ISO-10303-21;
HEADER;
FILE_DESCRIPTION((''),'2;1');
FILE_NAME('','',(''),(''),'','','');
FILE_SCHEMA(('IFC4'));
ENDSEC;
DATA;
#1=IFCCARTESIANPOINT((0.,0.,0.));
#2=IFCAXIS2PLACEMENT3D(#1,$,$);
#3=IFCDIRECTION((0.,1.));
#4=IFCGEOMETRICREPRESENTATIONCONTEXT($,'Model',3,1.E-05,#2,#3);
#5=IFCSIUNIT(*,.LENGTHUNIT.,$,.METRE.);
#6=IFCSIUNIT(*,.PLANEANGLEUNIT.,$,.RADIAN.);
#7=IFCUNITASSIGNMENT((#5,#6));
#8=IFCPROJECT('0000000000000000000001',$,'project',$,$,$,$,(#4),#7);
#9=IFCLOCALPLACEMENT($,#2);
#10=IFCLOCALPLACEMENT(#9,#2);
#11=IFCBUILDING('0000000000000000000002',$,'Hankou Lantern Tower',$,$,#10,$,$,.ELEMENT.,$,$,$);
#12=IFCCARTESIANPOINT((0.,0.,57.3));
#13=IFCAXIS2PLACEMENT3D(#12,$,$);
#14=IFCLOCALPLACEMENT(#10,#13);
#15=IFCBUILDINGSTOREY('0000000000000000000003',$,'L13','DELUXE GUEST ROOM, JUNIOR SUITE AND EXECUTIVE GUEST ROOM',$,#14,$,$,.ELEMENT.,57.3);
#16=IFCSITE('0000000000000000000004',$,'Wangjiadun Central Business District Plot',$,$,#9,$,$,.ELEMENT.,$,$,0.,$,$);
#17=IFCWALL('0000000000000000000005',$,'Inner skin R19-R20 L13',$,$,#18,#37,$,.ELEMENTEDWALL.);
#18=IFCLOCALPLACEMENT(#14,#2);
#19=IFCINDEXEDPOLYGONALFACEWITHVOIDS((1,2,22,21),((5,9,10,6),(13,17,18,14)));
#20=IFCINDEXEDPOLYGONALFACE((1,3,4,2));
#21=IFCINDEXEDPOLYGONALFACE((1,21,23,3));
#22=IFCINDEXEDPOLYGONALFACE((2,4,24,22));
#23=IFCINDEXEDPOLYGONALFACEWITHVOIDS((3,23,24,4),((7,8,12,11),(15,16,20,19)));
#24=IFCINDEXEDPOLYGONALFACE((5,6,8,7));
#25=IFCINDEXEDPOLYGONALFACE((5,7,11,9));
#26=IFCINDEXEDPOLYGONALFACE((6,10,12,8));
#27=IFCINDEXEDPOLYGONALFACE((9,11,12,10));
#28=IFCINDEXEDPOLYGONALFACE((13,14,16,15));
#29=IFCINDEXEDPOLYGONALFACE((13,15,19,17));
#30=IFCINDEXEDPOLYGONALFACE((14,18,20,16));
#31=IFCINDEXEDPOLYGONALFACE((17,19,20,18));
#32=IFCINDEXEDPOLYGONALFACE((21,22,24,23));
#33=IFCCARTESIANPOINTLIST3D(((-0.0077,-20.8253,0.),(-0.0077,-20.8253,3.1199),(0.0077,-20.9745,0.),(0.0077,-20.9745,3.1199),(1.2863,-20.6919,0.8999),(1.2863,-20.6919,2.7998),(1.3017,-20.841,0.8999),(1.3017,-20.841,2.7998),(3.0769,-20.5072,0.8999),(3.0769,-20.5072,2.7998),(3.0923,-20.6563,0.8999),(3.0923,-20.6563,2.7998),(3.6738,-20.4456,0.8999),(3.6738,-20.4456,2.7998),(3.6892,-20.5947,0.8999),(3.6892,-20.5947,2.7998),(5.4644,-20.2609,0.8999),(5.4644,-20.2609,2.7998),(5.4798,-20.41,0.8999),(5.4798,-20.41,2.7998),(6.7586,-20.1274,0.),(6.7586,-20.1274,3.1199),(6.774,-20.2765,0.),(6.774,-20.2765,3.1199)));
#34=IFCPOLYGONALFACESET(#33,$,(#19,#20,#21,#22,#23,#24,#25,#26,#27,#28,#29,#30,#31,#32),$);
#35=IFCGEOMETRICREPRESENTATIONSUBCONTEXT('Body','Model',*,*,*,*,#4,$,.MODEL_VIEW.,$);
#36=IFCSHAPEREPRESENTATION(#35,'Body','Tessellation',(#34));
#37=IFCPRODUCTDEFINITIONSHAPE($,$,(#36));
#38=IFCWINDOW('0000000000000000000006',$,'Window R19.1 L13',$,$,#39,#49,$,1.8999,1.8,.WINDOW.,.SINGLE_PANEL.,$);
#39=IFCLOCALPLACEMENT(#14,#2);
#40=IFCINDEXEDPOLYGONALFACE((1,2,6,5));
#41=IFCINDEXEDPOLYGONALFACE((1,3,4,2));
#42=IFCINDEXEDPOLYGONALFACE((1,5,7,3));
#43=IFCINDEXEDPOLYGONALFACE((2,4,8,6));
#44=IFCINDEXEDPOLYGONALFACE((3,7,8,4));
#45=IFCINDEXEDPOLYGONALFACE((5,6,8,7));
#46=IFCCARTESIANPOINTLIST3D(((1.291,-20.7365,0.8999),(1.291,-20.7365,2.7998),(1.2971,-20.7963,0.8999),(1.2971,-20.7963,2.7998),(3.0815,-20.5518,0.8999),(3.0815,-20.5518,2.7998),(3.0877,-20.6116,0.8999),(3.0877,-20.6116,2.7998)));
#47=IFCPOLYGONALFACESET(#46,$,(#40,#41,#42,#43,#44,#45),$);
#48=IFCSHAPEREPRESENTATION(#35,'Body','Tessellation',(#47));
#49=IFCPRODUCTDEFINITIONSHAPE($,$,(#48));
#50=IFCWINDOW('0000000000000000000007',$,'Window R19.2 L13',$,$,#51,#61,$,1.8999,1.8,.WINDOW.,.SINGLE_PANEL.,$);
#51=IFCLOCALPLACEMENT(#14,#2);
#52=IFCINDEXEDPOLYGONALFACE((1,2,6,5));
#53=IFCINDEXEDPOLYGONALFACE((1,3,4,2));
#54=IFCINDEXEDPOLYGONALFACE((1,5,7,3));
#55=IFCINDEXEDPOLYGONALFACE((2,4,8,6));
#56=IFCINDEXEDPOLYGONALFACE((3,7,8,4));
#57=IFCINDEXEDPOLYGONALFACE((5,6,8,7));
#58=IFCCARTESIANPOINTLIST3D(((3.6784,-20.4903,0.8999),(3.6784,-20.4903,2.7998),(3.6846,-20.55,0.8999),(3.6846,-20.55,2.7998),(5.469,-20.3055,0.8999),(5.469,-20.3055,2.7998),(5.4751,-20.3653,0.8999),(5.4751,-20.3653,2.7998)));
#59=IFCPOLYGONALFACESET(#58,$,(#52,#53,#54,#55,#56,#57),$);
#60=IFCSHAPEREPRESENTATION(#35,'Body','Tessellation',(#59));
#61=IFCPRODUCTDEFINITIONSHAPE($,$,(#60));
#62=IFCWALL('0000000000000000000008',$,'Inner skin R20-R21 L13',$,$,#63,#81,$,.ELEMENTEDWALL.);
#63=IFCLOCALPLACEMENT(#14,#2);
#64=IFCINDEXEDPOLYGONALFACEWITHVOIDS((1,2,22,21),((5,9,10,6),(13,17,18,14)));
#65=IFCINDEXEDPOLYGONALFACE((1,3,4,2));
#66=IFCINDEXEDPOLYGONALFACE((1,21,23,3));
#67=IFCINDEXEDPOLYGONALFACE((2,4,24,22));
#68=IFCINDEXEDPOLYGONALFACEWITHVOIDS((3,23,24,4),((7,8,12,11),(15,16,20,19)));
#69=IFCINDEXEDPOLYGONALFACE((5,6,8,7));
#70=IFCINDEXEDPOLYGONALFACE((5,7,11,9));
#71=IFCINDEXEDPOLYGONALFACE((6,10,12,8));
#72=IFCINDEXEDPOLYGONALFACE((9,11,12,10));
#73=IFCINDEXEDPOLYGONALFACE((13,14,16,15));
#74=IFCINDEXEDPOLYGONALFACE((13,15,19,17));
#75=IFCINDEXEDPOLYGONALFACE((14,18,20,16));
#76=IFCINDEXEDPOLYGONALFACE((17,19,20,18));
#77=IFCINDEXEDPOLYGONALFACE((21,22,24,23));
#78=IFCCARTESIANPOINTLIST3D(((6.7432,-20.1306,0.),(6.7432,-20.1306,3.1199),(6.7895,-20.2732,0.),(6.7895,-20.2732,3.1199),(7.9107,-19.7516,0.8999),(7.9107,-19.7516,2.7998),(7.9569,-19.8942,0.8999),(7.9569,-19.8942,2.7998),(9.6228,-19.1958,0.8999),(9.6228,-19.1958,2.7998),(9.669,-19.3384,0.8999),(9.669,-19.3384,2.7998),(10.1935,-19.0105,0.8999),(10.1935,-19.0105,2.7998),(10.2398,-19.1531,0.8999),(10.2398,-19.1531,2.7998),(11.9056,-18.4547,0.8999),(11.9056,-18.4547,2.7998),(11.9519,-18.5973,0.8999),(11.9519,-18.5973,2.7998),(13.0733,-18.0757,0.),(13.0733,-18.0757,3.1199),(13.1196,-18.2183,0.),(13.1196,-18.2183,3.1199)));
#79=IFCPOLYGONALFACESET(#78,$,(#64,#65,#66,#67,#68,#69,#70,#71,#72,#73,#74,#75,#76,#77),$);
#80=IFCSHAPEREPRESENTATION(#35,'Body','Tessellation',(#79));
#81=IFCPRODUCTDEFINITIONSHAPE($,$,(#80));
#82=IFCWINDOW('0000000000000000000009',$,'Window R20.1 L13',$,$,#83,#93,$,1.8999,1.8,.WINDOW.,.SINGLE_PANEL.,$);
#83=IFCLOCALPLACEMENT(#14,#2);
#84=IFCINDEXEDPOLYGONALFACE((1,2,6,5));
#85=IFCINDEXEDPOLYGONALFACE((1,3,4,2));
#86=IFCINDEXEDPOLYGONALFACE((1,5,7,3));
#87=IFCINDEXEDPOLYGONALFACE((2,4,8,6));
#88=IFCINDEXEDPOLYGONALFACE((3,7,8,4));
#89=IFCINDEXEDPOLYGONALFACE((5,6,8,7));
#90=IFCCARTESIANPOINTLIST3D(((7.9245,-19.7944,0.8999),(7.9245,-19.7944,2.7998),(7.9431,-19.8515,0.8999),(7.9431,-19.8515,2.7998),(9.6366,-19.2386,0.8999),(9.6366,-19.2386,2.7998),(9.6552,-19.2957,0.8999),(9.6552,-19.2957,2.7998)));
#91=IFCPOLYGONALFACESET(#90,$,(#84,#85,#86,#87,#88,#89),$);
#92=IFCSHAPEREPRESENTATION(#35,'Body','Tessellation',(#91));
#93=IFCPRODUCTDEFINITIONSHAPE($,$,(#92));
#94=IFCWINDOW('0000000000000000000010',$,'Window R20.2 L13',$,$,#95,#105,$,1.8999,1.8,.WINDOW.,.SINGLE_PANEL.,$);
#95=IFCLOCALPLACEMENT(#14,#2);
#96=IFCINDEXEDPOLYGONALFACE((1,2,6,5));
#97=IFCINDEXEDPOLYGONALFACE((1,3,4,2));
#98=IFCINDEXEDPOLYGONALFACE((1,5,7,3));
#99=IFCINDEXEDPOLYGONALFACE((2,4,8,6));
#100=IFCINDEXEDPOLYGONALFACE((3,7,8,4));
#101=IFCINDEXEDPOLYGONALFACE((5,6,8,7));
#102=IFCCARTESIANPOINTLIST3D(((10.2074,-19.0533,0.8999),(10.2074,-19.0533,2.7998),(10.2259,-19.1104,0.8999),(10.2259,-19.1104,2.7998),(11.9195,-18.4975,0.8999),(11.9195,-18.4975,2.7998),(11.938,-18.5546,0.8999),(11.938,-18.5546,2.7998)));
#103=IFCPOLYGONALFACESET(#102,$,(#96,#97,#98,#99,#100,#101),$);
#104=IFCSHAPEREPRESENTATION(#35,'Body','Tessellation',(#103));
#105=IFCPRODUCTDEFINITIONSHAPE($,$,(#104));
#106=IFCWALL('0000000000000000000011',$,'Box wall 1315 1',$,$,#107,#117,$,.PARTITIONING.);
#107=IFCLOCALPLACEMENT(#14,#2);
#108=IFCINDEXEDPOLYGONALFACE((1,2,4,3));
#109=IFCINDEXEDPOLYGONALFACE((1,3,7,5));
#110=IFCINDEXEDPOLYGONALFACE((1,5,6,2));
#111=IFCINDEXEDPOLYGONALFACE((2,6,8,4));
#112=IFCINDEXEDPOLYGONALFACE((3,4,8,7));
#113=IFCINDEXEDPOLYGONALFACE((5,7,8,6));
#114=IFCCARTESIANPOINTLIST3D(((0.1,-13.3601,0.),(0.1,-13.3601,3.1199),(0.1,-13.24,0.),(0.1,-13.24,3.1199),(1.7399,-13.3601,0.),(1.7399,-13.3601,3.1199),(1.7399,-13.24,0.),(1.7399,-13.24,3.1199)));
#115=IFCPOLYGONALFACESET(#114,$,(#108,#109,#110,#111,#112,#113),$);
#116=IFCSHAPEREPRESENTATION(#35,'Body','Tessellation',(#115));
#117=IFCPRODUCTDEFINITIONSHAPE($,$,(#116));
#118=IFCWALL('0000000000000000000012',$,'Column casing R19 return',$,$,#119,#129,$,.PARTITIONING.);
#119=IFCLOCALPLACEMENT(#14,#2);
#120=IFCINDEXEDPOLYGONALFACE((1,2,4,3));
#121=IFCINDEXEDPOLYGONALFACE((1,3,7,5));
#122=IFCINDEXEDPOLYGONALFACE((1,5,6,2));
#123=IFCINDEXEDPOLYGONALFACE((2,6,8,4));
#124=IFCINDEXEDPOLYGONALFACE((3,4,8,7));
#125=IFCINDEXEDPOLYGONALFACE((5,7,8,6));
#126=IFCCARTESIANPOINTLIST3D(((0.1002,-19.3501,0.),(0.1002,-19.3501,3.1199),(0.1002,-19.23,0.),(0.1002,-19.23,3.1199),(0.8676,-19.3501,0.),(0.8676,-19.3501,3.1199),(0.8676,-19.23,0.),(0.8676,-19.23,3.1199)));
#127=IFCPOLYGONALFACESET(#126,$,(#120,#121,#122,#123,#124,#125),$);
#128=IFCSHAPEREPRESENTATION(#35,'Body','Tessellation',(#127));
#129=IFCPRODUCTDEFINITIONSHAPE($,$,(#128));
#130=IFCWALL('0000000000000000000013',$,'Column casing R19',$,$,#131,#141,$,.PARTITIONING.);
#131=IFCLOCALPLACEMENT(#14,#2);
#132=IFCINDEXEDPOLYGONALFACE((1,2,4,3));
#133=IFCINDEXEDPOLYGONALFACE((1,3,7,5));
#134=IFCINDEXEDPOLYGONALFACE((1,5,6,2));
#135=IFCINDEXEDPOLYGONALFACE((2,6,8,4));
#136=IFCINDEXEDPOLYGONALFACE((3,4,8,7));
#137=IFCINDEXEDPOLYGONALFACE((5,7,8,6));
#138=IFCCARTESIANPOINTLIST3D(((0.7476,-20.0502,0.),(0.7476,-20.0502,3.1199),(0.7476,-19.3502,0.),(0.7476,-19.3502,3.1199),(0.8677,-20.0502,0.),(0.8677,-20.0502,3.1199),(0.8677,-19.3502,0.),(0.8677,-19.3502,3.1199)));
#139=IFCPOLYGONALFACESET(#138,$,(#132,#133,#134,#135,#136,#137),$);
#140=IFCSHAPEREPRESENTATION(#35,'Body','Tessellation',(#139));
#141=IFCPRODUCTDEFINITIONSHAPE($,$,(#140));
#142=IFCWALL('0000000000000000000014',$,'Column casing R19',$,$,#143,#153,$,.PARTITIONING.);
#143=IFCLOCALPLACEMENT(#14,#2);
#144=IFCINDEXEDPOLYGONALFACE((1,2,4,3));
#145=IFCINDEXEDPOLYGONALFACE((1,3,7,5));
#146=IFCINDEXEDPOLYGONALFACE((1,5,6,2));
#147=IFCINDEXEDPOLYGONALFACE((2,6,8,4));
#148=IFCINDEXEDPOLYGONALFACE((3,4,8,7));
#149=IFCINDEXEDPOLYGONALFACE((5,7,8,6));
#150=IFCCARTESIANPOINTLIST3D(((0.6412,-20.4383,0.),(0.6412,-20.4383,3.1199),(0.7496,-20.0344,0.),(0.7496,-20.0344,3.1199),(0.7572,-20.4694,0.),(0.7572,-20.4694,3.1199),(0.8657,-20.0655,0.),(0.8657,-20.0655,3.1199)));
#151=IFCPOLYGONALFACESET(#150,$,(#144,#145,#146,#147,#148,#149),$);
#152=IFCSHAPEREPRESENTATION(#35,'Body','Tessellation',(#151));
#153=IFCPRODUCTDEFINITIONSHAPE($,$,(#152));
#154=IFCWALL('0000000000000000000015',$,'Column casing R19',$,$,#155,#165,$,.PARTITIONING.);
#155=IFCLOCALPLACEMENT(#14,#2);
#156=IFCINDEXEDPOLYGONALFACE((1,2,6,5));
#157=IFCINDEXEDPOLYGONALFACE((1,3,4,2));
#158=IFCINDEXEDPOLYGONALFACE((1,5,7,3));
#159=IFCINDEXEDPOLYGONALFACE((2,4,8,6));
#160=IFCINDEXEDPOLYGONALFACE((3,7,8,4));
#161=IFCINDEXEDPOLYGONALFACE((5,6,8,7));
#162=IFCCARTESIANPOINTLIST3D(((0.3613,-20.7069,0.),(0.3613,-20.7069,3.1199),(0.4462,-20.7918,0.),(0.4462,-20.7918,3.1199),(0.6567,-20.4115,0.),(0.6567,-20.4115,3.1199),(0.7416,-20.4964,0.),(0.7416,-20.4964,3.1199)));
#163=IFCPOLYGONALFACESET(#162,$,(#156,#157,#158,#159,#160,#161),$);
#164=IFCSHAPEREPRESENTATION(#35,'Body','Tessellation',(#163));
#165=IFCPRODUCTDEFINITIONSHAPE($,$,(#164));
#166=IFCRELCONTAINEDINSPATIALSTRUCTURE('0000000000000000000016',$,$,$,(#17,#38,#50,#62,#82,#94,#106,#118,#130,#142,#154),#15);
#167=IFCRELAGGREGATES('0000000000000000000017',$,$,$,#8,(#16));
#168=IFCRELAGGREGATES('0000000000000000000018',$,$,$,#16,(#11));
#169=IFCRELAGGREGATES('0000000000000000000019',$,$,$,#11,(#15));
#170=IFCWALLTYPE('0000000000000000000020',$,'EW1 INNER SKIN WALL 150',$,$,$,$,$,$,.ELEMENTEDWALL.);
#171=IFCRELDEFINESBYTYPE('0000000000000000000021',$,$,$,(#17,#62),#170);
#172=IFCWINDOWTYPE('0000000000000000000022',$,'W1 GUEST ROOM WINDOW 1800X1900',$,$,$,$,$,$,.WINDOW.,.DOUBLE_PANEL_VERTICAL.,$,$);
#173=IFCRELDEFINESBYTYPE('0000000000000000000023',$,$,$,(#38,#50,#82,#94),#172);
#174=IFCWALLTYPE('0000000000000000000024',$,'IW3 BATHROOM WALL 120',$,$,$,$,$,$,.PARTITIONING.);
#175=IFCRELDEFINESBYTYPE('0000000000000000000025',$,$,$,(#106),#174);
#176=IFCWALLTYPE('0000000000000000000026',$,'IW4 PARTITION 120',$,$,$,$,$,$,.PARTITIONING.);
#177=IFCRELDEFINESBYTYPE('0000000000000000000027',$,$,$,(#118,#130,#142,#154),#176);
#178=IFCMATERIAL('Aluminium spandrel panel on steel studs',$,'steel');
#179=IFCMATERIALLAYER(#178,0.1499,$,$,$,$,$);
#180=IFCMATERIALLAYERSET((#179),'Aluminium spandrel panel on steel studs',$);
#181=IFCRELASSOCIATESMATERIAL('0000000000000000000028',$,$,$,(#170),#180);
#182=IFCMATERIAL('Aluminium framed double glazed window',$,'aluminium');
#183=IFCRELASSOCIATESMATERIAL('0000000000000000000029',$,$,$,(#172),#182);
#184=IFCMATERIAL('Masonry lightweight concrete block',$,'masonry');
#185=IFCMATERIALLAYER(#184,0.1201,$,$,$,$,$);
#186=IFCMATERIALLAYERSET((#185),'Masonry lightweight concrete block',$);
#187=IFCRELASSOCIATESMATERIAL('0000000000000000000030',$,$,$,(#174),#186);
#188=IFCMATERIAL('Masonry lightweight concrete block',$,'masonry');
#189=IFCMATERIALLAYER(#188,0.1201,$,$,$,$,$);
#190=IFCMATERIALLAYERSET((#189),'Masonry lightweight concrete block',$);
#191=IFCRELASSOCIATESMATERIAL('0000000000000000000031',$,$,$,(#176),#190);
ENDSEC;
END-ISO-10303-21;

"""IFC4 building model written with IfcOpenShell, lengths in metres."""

from ifc_helpers import new_model, si_unit, direction, frame, frame_2d, origin, place, context, subcontext, project, spatial, rectangle, extrude, material, layer, layer_set, type_object, element, fill, save


model = new_model("IFC4")

# Units and contexts
model_context = context("Model", 3, precision=1e-05, world=origin(), true_north=direction((0.0, 1.0)))
body_context = subcontext(model_context, "Body", "Model", "MODEL_VIEW")
ifc_project = project(units=[si_unit("LENGTHUNIT", "METRE"), si_unit("PLANEANGLEUNIT", "RADIAN")], contexts=[model_context])

# Site, building, storey
site_placement = place(None, origin())
site = spatial("IfcSite", under=ifc_project, at=site_placement, Name="Wangjiadun Central Business District Plot", CompositionType="ELEMENT", RefElevation=0.0)
building_placement = place(site_placement, origin())
building = spatial("IfcBuilding", under=site, at=building_placement, Name="Hankou Lantern Tower", CompositionType="ELEMENT")
storey_placement = place(building_placement, frame((0.0, 0.0, 57.3)))
storey = spatial("IfcBuildingStorey", under=building, at=storey_placement, Name="L13", Description="DELUXE GUEST ROOM, JUNIOR SUITE AND EXECUTIVE GUEST ROOM", CompositionType="ELEMENT", Elevation=57.3)

# Walls, openings, windows
ifc_material_1 = material(Name="Aluminium spandrel panel on steel studs", Category="steel")
ifc_layer_1 = layer(ifc_material_1, 0.1499)
ifc_layer_set_1 = layer_set([ifc_layer_1], Name="Aluminium spandrel panel on steel studs")
wall_type_1 = type_object("IfcWallType", Name="EW1 INNER SKIN WALL 150", PredefinedType="ELEMENTEDWALL", material=ifc_layer_set_1)
wall_1_placement = place(storey_placement, frame((0.0, -20.8999, 0.0), z_axis=(0.0, 0.0, 1.0), x_axis=(0.994721, 0.102613, 0.0)))
wall_1 = element("IfcWall", 1, at=wall_1_placement, inside=storey, type_object=wall_type_1, Name="Inner skin R19-R20 L13", PredefinedType="ELEMENTEDWALL", context=body_context, shape_type="SweptSolid", body=[
    extrude(rectangle(XDim=6.8022, YDim=0.1499, at=frame_2d((3.4011, 0.0))), origin(), (0.0, 0.0, 1.0), 3.1199),
])
opening_1_placement = place(wall_1_placement, frame((1.301, 0.0, 0.8999)))
opening_1 = element("IfcOpeningElement", 2, at=opening_1_placement, cuts=wall_1, PredefinedType="OPENING", context=body_context, shape_type="SweptSolid", body=[
    extrude(rectangle(XDim=1.8, YDim=1.8999, at=frame_2d((0.8999, 0.95))), frame((0.0, 0.085, 0.0), z_axis=(0.0, -1.0, 0.0), x_axis=(1.0, 0.0, 0.0)), (0.0, 0.0, 1.0), 0.1699),
])
opening_2_placement = place(wall_1_placement, frame((3.7012, 0.0, 0.8999)))
opening_2 = element("IfcOpeningElement", 3, at=opening_2_placement, cuts=wall_1, PredefinedType="OPENING", context=body_context, shape_type="SweptSolid", body=[
    extrude(rectangle(XDim=1.8, YDim=1.8999, at=frame_2d((0.8999, 0.95))), frame((0.0, 0.085, 0.0), z_axis=(0.0, -1.0, 0.0), x_axis=(1.0, 0.0, 0.0)), (0.0, 0.0, 1.0), 0.1699),
])
ifc_material_2 = material(Name="Aluminium framed double glazed window", Category="aluminium")
window_type = type_object("IfcWindowType", Name="W1 GUEST ROOM WINDOW 1800X1900", PartitioningType="DOUBLE_PANEL_VERTICAL", PredefinedType="WINDOW", material=ifc_material_2)
window_1_placement = place(opening_1_placement, origin())
window_1 = element("IfcWindow", 4, at=window_1_placement, inside=storey, type_object=window_type, Name="Window R19.1 L13", OverallHeight=1.8999, OverallWidth=1.8, PartitioningType="SINGLE_PANEL", PredefinedType="WINDOW", context=body_context, shape_type="SweptSolid", body=[
    extrude(rectangle(XDim=1.8, YDim=1.8999, at=frame_2d((0.8999, 0.95))), frame((0.0, 0.03, 0.0), z_axis=(0.0, -1.0, 0.0), x_axis=(1.0, 0.0, 0.0)), (0.0, 0.0, 1.0), 0.0601),
])
fill(opening_1, window_1)
window_2_placement = place(opening_2_placement, origin())
window_2 = element("IfcWindow", 5, at=window_2_placement, inside=storey, type_object=window_type, Name="Window R19.2 L13", OverallHeight=1.8999, OverallWidth=1.8, PartitioningType="SINGLE_PANEL", PredefinedType="WINDOW", context=body_context, shape_type="SweptSolid", body=[
    extrude(rectangle(XDim=1.8, YDim=1.8999, at=frame_2d((0.8999, 0.95))), frame((0.0, 0.03, 0.0), z_axis=(0.0, -1.0, 0.0), x_axis=(1.0, 0.0, 0.0)), (0.0, 0.0, 1.0), 0.0601),
])
fill(opening_2, window_2)
wall_2_placement = place(storey_placement, frame((6.7664, -20.2019, 0.0), z_axis=(0.0, 0.0, 1.0), x_axis=(0.951138, 0.308768, 0.0)))
wall_2 = element("IfcWall", 6, at=wall_2_placement, inside=storey, type_object=wall_type_1, Name="Inner skin R20-R21 L13", PredefinedType="ELEMENTEDWALL", context=body_context, shape_type="SweptSolid", body=[
    extrude(rectangle(XDim=6.6553, YDim=0.1499, at=frame_2d((3.3276, 0.0))), origin(), (0.0, 0.0, 1.0), 3.1199),
])
opening_3_placement = place(wall_2_placement, frame((1.2275, 0.0, 0.8999)))
opening_3 = element("IfcOpeningElement", 7, at=opening_3_placement, cuts=wall_2, PredefinedType="OPENING", context=body_context, shape_type="SweptSolid", body=[
    extrude(rectangle(XDim=1.8, YDim=1.8999, at=frame_2d((0.8999, 0.95))), frame((0.0, 0.085, 0.0), z_axis=(0.0, -1.0, 0.0), x_axis=(1.0, 0.0, 0.0)), (0.0, 0.0, 1.0), 0.1699),
])
opening_4_placement = place(wall_2_placement, frame((3.6277, 0.0, 0.8999)))
opening_4 = element("IfcOpeningElement", 8, at=opening_4_placement, cuts=wall_2, PredefinedType="OPENING", context=body_context, shape_type="SweptSolid", body=[
    extrude(rectangle(XDim=1.8, YDim=1.8999, at=frame_2d((0.8999, 0.95))), frame((0.0, 0.085, 0.0), z_axis=(0.0, -1.0, 0.0), x_axis=(1.0, 0.0, 0.0)), (0.0, 0.0, 1.0), 0.1699),
])
window_3_placement = place(opening_3_placement, origin())
window_3 = element("IfcWindow", 9, at=window_3_placement, inside=storey, type_object=window_type, Name="Window R20.1 L13", OverallHeight=1.8999, OverallWidth=1.8, PartitioningType="SINGLE_PANEL", PredefinedType="WINDOW", context=body_context, shape_type="SweptSolid", body=[
    extrude(rectangle(XDim=1.8, YDim=1.8999, at=frame_2d((0.8999, 0.95))), frame((0.0, 0.03, 0.0), z_axis=(0.0, -1.0, 0.0), x_axis=(1.0, 0.0, 0.0)), (0.0, 0.0, 1.0), 0.0601),
])
fill(opening_3, window_3)
window_4_placement = place(opening_4_placement, origin())
window_4 = element("IfcWindow", 10, at=window_4_placement, inside=storey, type_object=window_type, Name="Window R20.2 L13", OverallHeight=1.8999, OverallWidth=1.8, PartitioningType="SINGLE_PANEL", PredefinedType="WINDOW", context=body_context, shape_type="SweptSolid", body=[
    extrude(rectangle(XDim=1.8, YDim=1.8999, at=frame_2d((0.8999, 0.95))), frame((0.0, 0.03, 0.0), z_axis=(0.0, -1.0, 0.0), x_axis=(1.0, 0.0, 0.0)), (0.0, 0.0, 1.0), 0.0601),
])
fill(opening_4, window_4)

# Walls
ifc_material_3 = material(Name="Masonry lightweight concrete block", Category="masonry")
ifc_layer_2 = layer(ifc_material_3, 0.1201)
ifc_layer_set_2 = layer_set([ifc_layer_2], Name="Masonry lightweight concrete block")
wall_type_2 = type_object("IfcWallType", Name="IW3 BATHROOM WALL 120", PredefinedType="PARTITIONING", material=ifc_layer_set_2)
wall_3_placement = place(storey_placement, frame((0.1001, -13.3, 0.0), z_axis=(0.0, 0.0, 1.0), x_axis=(1.0, 0.0, 0.0)))
element("IfcWall", 11, at=wall_3_placement, inside=storey, type_object=wall_type_2, Name="Box wall 1315 1", PredefinedType="PARTITIONING", context=body_context, shape_type="SweptSolid", body=[
    extrude(rectangle(XDim=1.6399, YDim=0.1201, at=frame_2d((0.8198, 0.0))), origin(), (0.0, 0.0, 1.0), 3.1199),
])
ifc_material_4 = material(Name="Masonry lightweight concrete block", Category="masonry")
ifc_layer_3 = layer(ifc_material_4, 0.1201)
ifc_layer_set_3 = layer_set([ifc_layer_3], Name="Masonry lightweight concrete block")
wall_type_3 = type_object("IfcWallType", Name="IW4 PARTITION 120", PredefinedType="PARTITIONING", material=ifc_layer_set_3)
wall_4_placement = place(storey_placement, frame((0.1001, -19.29, 0.0), z_axis=(0.0, 0.0, 1.0), x_axis=(1.0, 0.0, 0.0)))
element("IfcWall", 12, at=wall_4_placement, inside=storey, type_object=wall_type_3, Name="Column casing R19 return", PredefinedType="PARTITIONING", context=body_context, shape_type="SweptSolid", body=[
    extrude(rectangle(XDim=0.7673, YDim=0.1201, at=frame_2d((0.3838, 0.0))), origin(), (0.0, 0.0, 1.0), 3.1199),
])
wall_5_placement = place(storey_placement, frame((0.8076, -19.3501, 0.0), z_axis=(0.0, 0.0, 1.0), x_axis=(0.0, -1.0, 0.0)))
element("IfcWall", 13, at=wall_5_placement, inside=storey, type_object=wall_type_3, Name="Column casing R19", PredefinedType="PARTITIONING", context=body_context, shape_type="SweptSolid", body=[
    extrude(rectangle(XDim=0.7, YDim=0.1201, at=frame_2d((0.3501, 0.0))), origin(), (0.0, 0.0, 1.0), 3.1199),
])
wall_6_placement = place(storey_placement, frame((0.8076, -20.05, 0.0), z_axis=(0.0, 0.0, 1.0), x_axis=(-0.259261, -0.965807, 0.0)))
element("IfcWall", 14, at=wall_6_placement, inside=storey, type_object=wall_type_3, Name="Column casing R19", PredefinedType="PARTITIONING", context=body_context, shape_type="SweptSolid", body=[
    extrude(rectangle(XDim=0.4182, YDim=0.1201, at=frame_2d((0.209, 0.0))), origin(), (0.0, 0.0, 1.0), 3.1199),
])
wall_7_placement = place(storey_placement, frame((0.6992, -20.4539, 0.0), z_axis=(0.0, 0.0, 1.0), x_axis=(-0.707107, -0.707107, 0.0)))
element("IfcWall", 15, at=wall_7_placement, inside=storey, type_object=wall_type_3, Name="Column casing R19", PredefinedType="PARTITIONING", context=body_context, shape_type="SweptSolid", body=[
    extrude(rectangle(XDim=0.4177, YDim=0.1201, at=frame_2d((0.209, 0.0))), origin(), (0.0, 0.0, 1.0), 3.1199),
])

save(model, "model.ifc")
